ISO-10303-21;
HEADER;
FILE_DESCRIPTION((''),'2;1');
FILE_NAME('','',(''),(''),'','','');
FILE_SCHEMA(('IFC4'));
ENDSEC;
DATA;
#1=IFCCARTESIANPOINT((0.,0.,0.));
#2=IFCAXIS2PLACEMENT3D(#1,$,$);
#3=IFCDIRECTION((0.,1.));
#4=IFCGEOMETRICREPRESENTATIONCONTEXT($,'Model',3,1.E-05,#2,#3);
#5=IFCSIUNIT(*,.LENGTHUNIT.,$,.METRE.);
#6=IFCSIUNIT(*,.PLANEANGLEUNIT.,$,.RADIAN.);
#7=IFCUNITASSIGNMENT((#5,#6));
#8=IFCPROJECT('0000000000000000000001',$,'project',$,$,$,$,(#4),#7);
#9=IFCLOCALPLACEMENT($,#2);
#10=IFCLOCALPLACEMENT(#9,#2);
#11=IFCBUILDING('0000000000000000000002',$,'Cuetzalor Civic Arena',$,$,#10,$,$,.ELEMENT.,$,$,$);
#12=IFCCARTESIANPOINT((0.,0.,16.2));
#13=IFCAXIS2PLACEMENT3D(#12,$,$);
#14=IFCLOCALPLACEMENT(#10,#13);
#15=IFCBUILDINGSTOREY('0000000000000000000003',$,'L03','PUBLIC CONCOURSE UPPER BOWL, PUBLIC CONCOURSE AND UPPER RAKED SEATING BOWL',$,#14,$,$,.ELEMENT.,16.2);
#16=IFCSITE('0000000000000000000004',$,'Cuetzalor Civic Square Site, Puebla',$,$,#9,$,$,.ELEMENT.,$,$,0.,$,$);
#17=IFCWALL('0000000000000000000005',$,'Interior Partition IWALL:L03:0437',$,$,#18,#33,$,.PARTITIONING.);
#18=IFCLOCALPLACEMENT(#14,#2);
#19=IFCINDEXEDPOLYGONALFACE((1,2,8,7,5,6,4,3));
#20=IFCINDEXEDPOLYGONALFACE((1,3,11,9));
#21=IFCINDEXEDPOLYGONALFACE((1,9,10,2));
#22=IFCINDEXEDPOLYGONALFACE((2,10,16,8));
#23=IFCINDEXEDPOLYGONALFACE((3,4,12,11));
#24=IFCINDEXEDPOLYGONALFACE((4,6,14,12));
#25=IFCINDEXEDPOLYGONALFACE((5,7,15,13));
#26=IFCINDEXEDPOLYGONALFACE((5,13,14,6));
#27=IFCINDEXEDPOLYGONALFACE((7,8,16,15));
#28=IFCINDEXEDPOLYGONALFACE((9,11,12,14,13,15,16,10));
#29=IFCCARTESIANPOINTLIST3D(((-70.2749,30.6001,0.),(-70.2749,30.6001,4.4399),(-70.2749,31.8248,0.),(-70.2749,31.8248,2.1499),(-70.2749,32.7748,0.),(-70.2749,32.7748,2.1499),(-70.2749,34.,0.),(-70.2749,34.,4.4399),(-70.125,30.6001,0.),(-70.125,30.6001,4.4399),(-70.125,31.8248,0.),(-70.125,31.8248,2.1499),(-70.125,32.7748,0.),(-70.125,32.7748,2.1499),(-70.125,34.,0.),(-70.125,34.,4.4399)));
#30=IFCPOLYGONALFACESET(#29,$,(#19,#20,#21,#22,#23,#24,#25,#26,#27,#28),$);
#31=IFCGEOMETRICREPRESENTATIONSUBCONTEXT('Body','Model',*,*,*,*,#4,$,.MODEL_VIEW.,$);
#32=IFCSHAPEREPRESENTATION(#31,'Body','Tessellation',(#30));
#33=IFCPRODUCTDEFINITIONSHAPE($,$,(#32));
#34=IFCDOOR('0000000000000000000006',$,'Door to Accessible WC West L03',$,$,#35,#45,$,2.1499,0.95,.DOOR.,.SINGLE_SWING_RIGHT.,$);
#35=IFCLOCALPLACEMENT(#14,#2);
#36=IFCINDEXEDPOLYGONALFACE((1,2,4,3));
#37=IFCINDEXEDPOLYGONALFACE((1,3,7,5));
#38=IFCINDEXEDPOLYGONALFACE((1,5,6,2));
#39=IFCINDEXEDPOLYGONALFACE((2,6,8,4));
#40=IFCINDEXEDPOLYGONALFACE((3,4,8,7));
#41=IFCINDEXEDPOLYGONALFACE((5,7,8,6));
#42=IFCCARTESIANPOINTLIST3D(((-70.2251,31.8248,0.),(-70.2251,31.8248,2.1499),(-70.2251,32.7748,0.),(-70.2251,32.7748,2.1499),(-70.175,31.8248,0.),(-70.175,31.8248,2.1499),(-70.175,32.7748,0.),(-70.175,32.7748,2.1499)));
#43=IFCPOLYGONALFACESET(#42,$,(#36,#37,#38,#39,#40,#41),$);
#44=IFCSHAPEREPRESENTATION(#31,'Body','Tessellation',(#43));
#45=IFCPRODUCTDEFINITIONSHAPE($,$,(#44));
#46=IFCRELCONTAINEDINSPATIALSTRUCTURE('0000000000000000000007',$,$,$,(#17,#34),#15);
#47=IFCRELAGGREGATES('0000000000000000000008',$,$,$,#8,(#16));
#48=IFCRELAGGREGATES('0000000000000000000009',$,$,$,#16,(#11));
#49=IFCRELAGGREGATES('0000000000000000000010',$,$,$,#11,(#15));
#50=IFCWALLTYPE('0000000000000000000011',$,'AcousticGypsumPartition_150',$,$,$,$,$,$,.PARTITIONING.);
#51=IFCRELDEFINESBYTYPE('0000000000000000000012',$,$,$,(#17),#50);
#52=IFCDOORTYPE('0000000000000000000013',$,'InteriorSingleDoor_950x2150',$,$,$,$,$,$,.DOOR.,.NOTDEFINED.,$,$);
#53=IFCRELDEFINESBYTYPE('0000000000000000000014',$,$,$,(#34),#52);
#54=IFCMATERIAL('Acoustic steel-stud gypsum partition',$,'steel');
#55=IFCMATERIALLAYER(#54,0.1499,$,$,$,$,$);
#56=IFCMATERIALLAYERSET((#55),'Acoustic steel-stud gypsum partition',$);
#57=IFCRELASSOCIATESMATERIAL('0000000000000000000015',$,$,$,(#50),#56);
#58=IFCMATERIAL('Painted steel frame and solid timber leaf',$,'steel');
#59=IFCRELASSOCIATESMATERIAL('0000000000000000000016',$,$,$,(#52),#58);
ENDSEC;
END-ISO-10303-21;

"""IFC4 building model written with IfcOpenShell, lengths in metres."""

from ifc_helpers import new_model, si_unit, direction, frame, frame_2d, origin, place, context, subcontext, project, spatial, rectangle, extrude, material, layer, layer_set, type_object, element, fill, save


model = new_model("IFC4")

# Units and contexts
model_context = context("Model", 3, precision=1e-05, world=origin(), true_north=direction((0.0, 1.0)))
body_context = subcontext(model_context, "Body", "Model", "MODEL_VIEW")
ifc_project = project(units=[si_unit("LENGTHUNIT", "METRE"), si_unit("PLANEANGLEUNIT", "RADIAN")], contexts=[model_context])

# Site, building, storey
site_placement = place(None, origin())
site = spatial("IfcSite", under=ifc_project, at=site_placement, Name="Cuetzalor Civic Square Site, Puebla", CompositionType="ELEMENT", RefElevation=0.0)
building_placement = place(site_placement, origin())
building = spatial("IfcBuilding", under=site, at=building_placement, Name="Cuetzalor Civic Arena", CompositionType="ELEMENT")
storey_placement = place(building_placement, frame((0.0, 0.0, 16.2)))
storey = spatial("IfcBuildingStorey", under=building, at=storey_placement, Name="L03", Description="PUBLIC CONCOURSE UPPER BOWL, PUBLIC CONCOURSE AND UPPER RAKED SEATING BOWL", CompositionType="ELEMENT", Elevation=16.2)

# Shared definitions
ifc_material_1 = material(Name="Acoustic steel-stud gypsum partition", Category="steel")
ifc_layer_1 = layer(ifc_material_1, 0.1499)
ifc_layer_set_1 = layer_set([ifc_layer_1], Name="Acoustic steel-stud gypsum partition")
wall_type = type_object("IfcWallType", Name="AcousticGypsumPartition_150", PredefinedType="PARTITIONING", material=ifc_layer_set_1)

# Shared definitions
ifc_material_2 = material(Name="Painted steel frame and solid timber leaf", Category="steel")
door_type = type_object("IfcDoorType", Name="InteriorSingleDoor_950x2150", OperationType="NOTDEFINED", PredefinedType="DOOR", material=ifc_material_2)

# Wall, opening, door
wall_1_placement = place(storey_placement, frame((-70.2, 34.0, 0.0), z_axis=(0.0, 0.0, 1.0), x_axis=(0.0, -1.0, 0.0)))
wall_1 = element("IfcWall", 1, at=wall_1_placement, inside=storey, type_object=wall_type, Name="Interior Partition IWALL:L03:0437", PredefinedType="PARTITIONING", context=body_context, shape_type="SweptSolid", body=[
    extrude(rectangle(XDim=3.3999, YDim=0.1499, at=frame_2d((1.7, 0.0))), origin(), (0.0, 0.0, 1.0), 4.4399),
])
opening_1_placement = place(wall_1_placement, frame((1.2251, 0.0, 0.0)))
opening_1 = element("IfcOpeningElement", 2, at=opening_1_placement, cuts=wall_1, PredefinedType="OPENING", context=body_context, shape_type="SweptSolid", body=[
    extrude(rectangle(XDim=0.95, YDim=2.1499, at=frame_2d((0.4751, 1.075))), frame((0.0, 0.085, 0.0), z_axis=(0.0, -1.0, 0.0), x_axis=(1.0, 0.0, 0.0)), (0.0, 0.0, 1.0), 0.1699),
])
door_1_placement = place(opening_1_placement, origin())
door_1 = element("IfcDoor", 3, at=door_1_placement, inside=storey, type_object=door_type, Name="Door to Accessible WC West L03", OperationType="SINGLE_SWING_RIGHT", OverallHeight=2.1499, OverallWidth=0.95, PredefinedType="DOOR", context=body_context, shape_type="SweptSolid", body=[
    extrude(rectangle(XDim=0.95, YDim=2.1499, at=frame_2d((0.4751, 1.075))), frame((0.0, 0.0249, 0.0), z_axis=(0.0, -1.0, 0.0), x_axis=(1.0, 0.0, 0.0)), (0.0, 0.0, 1.0), 0.05),
])
fill(opening_1, door_1)

save(model, "model.ifc")
